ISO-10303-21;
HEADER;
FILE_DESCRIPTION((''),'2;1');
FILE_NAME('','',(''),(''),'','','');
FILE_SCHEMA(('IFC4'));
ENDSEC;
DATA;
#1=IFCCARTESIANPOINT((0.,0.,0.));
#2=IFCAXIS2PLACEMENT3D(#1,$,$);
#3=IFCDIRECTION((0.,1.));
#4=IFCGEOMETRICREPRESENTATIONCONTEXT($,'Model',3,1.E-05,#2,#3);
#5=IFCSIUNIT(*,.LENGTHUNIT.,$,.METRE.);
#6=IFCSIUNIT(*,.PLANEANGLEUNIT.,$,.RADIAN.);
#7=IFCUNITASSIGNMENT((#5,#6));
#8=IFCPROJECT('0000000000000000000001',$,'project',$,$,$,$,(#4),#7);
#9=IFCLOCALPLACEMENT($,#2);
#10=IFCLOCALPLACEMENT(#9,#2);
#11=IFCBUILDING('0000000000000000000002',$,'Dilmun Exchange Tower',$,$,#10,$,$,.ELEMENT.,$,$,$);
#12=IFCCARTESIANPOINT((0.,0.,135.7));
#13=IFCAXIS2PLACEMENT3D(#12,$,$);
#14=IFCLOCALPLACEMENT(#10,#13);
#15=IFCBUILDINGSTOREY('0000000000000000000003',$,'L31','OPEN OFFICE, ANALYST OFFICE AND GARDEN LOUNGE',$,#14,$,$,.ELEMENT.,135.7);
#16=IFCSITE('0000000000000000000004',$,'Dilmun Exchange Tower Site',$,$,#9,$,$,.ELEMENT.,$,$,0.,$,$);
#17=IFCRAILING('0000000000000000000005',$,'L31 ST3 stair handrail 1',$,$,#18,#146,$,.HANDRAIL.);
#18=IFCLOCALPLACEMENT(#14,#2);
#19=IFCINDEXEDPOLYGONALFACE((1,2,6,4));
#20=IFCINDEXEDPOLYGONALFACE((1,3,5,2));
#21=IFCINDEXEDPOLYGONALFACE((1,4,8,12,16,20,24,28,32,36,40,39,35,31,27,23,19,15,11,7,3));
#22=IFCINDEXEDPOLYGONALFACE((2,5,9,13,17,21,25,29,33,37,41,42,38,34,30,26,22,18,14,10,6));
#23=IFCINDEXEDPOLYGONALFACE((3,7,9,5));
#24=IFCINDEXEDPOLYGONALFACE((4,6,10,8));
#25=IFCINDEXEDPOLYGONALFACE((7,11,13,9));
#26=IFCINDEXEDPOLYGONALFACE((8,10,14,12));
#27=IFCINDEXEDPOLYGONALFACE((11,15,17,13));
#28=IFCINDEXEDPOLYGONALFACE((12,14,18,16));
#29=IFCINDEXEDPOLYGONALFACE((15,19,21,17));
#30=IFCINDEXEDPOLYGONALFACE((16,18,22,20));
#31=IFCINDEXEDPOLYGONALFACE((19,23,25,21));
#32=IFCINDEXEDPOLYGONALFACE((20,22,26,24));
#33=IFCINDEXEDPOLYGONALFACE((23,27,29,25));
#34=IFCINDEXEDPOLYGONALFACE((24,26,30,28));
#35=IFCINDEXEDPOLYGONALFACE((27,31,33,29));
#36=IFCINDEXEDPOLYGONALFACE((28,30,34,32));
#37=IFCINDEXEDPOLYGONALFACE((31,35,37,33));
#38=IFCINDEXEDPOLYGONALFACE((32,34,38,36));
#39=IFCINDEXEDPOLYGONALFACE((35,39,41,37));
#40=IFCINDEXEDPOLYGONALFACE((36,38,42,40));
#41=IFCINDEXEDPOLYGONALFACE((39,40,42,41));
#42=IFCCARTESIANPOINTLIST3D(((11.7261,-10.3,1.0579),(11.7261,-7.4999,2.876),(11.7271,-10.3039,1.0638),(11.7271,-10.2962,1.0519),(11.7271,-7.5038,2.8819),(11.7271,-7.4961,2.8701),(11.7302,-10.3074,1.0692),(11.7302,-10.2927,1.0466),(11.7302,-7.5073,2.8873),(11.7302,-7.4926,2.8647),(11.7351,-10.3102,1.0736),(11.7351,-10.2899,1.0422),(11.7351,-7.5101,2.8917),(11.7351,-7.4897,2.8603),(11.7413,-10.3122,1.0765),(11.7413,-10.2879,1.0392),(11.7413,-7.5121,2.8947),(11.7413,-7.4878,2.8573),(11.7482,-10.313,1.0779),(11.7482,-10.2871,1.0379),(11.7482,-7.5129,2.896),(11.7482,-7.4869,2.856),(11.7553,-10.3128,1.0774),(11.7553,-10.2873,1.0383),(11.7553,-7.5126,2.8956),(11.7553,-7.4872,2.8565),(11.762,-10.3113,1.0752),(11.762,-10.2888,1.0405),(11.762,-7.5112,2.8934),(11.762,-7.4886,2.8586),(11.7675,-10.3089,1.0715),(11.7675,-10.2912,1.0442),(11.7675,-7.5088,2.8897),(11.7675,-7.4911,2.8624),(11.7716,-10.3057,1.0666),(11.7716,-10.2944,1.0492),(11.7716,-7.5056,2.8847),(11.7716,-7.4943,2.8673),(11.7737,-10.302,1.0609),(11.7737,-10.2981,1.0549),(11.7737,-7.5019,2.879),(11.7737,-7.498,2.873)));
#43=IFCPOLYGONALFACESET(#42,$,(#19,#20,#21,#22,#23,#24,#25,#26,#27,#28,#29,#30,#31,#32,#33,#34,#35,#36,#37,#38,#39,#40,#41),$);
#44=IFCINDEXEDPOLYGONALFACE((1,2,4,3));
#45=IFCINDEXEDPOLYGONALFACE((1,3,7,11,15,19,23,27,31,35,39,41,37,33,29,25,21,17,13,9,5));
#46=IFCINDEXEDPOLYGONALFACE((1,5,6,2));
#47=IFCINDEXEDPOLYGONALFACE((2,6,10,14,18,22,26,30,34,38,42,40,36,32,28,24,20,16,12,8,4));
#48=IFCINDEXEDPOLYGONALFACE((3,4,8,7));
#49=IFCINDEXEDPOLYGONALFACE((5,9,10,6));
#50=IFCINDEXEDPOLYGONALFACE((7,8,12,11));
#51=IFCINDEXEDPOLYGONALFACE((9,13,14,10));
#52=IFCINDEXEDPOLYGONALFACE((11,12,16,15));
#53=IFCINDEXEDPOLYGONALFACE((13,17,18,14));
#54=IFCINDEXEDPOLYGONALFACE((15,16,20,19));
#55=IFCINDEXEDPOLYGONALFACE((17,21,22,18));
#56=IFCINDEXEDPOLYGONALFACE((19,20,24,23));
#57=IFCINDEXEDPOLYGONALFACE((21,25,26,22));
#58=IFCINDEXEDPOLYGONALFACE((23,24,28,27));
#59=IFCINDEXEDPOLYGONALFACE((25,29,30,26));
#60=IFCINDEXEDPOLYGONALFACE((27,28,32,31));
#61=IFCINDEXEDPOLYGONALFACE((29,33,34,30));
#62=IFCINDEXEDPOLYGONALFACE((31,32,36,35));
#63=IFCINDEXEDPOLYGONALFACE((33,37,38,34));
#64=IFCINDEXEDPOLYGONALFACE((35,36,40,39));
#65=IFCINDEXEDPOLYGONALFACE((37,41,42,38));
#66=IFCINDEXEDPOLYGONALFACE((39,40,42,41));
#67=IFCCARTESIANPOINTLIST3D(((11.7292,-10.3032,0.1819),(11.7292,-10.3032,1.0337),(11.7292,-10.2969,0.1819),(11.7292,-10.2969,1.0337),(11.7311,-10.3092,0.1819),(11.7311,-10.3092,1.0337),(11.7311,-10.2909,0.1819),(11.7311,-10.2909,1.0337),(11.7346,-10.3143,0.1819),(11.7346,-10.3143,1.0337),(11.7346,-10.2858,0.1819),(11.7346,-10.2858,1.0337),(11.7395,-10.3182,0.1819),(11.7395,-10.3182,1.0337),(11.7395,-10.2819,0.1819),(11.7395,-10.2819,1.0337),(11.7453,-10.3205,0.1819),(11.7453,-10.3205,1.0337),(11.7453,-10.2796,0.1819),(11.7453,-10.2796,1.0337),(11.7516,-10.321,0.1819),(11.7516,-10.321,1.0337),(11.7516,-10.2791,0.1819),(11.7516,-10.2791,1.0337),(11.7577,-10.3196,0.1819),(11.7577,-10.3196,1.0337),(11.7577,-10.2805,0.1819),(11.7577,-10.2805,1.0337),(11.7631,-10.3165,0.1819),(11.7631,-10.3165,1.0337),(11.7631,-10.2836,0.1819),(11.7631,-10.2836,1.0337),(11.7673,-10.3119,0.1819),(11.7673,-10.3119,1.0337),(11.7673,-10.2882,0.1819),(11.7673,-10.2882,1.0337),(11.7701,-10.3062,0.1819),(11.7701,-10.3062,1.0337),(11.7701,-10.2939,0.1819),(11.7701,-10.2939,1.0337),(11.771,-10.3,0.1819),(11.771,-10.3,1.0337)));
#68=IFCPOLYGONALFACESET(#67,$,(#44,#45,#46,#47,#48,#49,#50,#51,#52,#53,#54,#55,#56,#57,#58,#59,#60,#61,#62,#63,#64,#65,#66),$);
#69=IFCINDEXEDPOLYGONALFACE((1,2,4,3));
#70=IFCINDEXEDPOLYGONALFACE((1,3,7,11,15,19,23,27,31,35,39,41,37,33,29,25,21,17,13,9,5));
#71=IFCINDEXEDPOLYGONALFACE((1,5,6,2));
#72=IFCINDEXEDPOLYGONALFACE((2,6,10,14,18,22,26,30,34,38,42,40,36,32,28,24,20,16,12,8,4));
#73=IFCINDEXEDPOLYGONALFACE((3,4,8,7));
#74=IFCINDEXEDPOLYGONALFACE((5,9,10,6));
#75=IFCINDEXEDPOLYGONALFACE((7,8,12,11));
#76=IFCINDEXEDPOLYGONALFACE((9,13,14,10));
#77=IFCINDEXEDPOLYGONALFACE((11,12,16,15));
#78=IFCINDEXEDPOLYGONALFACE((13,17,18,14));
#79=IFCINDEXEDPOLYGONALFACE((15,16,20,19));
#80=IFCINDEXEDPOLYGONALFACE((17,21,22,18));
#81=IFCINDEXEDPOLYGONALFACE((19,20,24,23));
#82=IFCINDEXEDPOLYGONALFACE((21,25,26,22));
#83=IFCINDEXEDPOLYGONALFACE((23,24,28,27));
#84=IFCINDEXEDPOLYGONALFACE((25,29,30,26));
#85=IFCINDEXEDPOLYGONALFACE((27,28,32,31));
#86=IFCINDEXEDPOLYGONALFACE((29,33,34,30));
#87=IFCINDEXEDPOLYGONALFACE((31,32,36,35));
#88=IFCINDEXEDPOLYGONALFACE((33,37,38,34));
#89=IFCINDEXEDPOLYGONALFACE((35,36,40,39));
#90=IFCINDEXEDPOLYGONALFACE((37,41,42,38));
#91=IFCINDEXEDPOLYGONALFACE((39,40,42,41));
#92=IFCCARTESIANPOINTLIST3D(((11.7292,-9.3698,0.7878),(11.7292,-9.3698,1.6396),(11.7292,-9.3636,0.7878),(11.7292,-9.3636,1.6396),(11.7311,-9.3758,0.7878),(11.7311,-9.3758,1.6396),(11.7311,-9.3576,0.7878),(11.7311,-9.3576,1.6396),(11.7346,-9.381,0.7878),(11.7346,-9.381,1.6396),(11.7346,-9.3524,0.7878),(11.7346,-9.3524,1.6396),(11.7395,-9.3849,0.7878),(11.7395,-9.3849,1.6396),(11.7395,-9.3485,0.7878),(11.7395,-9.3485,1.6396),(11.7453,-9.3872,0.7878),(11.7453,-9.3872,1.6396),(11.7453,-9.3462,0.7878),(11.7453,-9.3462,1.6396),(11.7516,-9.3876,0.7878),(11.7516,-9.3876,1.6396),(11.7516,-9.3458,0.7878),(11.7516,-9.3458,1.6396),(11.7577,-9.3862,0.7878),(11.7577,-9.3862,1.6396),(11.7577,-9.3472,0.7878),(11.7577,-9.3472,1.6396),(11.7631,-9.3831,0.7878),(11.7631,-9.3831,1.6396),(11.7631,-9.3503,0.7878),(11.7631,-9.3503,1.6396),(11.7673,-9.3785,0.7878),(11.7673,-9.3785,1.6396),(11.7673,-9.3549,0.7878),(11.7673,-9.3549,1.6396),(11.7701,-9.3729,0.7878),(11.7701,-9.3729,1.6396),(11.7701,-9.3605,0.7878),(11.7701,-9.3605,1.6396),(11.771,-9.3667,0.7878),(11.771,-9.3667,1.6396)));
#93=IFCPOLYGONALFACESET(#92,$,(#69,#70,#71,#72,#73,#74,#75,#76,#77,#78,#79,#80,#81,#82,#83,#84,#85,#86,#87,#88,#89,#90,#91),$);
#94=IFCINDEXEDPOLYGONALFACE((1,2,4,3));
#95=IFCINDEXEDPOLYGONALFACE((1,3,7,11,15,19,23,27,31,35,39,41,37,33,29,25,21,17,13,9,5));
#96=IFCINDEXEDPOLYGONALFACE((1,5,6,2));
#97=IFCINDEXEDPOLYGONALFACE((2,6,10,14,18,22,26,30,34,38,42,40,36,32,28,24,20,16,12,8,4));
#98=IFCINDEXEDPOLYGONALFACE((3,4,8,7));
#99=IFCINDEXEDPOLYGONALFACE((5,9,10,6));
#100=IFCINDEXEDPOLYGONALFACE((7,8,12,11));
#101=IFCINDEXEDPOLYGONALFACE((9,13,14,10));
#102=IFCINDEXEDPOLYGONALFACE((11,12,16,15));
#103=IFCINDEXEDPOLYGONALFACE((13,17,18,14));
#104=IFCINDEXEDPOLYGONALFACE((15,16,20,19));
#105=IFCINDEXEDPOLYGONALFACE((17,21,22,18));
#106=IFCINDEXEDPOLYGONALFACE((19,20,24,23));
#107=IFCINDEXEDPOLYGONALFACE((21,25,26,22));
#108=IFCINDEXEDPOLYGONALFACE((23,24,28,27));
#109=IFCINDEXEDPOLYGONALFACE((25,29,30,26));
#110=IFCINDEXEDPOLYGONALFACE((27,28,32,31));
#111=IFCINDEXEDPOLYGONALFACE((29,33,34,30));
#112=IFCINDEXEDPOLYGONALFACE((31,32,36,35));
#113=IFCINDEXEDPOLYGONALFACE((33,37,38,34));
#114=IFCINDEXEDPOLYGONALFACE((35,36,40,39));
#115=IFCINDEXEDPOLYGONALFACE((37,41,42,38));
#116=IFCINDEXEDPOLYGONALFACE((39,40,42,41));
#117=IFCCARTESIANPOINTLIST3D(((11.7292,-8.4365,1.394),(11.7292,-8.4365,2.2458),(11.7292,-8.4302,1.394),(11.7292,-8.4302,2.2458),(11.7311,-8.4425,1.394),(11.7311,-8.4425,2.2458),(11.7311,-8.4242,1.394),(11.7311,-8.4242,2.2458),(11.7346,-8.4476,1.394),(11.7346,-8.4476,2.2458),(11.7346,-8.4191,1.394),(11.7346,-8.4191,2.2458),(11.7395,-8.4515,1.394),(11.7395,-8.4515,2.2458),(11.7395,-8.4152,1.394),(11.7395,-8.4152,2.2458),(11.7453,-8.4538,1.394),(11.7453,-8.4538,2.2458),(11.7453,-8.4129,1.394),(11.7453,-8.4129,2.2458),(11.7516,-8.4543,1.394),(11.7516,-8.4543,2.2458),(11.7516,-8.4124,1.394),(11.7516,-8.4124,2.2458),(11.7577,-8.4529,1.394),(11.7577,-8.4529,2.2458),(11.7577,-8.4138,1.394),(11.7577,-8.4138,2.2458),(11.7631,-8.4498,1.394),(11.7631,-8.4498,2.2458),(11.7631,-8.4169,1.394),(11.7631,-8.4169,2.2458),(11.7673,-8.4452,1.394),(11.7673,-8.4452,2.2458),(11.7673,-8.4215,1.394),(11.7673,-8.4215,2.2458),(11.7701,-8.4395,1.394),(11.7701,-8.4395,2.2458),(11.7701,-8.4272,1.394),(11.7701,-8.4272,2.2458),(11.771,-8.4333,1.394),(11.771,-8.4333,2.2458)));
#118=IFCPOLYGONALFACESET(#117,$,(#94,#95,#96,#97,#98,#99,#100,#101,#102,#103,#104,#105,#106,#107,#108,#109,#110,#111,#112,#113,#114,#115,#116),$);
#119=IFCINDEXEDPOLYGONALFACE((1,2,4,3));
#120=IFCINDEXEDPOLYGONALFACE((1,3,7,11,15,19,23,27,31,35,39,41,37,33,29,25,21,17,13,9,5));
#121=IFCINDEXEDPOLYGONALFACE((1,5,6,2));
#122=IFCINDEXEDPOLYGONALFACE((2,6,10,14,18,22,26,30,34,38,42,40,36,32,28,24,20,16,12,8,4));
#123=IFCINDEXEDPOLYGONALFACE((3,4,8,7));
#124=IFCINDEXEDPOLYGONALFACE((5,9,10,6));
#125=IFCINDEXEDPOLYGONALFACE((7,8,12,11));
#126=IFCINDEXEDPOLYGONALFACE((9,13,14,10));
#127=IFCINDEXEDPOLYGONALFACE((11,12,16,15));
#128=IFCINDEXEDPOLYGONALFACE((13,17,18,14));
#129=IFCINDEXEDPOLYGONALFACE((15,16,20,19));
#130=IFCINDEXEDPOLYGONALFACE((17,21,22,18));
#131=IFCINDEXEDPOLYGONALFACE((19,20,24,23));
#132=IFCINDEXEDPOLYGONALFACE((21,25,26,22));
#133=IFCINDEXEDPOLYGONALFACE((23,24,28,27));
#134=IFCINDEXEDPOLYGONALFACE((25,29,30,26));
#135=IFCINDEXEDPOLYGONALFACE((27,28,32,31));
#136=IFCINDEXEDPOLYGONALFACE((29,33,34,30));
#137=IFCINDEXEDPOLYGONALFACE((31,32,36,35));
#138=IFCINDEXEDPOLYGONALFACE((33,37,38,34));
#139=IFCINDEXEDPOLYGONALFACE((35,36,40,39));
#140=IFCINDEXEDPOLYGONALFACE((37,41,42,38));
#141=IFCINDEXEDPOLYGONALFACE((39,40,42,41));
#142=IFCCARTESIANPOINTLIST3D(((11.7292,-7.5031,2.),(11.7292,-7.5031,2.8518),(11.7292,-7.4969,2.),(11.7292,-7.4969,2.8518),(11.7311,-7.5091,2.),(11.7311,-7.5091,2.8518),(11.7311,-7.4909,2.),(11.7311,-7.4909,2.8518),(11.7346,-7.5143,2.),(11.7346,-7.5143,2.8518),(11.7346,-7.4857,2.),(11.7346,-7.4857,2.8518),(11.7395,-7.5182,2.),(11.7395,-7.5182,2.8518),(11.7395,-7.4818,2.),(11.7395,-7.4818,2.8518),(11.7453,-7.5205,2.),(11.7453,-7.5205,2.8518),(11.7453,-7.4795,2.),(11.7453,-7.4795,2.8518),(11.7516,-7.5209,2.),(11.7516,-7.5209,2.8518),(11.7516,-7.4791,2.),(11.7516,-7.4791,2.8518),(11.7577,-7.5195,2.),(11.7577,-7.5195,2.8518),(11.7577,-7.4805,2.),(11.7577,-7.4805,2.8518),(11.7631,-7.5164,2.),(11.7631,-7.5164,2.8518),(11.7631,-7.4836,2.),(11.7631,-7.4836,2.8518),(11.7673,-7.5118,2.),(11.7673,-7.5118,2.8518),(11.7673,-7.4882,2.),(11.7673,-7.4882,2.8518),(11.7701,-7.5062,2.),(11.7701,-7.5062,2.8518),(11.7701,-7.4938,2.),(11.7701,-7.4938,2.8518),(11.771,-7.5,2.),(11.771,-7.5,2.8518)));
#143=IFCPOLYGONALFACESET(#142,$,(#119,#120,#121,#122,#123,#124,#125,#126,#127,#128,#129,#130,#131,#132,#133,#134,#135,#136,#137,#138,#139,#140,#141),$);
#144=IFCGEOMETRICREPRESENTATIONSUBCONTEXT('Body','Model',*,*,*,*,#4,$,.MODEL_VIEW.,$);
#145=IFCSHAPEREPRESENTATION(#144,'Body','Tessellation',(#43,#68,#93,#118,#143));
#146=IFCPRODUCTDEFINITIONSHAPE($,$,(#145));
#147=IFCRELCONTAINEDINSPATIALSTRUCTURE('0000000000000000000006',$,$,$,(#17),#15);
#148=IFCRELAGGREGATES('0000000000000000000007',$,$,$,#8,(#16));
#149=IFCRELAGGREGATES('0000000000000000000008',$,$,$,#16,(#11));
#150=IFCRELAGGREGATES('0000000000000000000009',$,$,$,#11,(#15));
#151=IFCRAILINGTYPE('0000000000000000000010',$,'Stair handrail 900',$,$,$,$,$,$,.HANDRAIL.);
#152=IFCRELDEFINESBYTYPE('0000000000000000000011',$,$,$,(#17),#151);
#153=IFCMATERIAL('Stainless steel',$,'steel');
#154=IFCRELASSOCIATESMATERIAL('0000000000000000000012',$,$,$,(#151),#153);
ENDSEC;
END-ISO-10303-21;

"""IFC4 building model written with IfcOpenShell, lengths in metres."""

from ifc_helpers import new_model, si_unit, direction, frame, origin, origin_2d, place, context, subcontext, project, spatial, circle, extrude, material, type_object, element, save


model = new_model("IFC4")

# Units and contexts
model_context = context("Model", 3, precision=1e-05, world=origin(), true_north=direction((0.0, 1.0)))
body_context = subcontext(model_context, "Body", "Model", "MODEL_VIEW")
ifc_project = project(units=[si_unit("LENGTHUNIT", "METRE"), si_unit("PLANEANGLEUNIT", "RADIAN")], contexts=[model_context])

# Site, building, storey
site_placement = place(None, origin())
site = spatial("IfcSite", under=ifc_project, at=site_placement, Name="Dilmun Exchange Tower Site", CompositionType="ELEMENT", RefElevation=0.0)
building_placement = place(site_placement, origin())
building = spatial("IfcBuilding", under=site, at=building_placement, Name="Dilmun Exchange Tower", CompositionType="ELEMENT")
storey_placement = place(building_placement, frame((0.0, 0.0, 135.7)))
storey = spatial("IfcBuildingStorey", under=building, at=storey_placement, Name="L31", Description="OPEN OFFICE, ANALYST OFFICE AND GARDEN LOUNGE", CompositionType="ELEMENT", Elevation=135.7)

# Railing
ifc_material_1 = material(Name="Stainless steel", Category="steel")
railing_type = type_object("IfcRailingType", Name="Stair handrail 900", PredefinedType="HANDRAIL", material=ifc_material_1)
railing_1_placement = place(storey_placement, frame((11.75, -10.3, 0.1819)))
element("IfcRailing", 1, at=railing_1_placement, inside=storey, type_object=railing_type, Name="L31 ST3 stair handrail 1", PredefinedType="HANDRAIL", context=body_context, shape_type="SweptSolid", body=[
    extrude(circle(Radius=0.0239, at=origin_2d()), frame((0.0, 0.0, 0.876), z_axis=(0.0, 0.838706, 0.544585), x_axis=(-1.0, 0.0, 0.0)), (0.0, 0.0, 1.0), 3.3386),
    extrude(circle(Radius=0.021, at=origin_2d()), origin(), (0.0, 0.0, 1.0), 0.8518),
    extrude(circle(Radius=0.021, at=origin_2d()), frame((0.0, 0.9333, 0.606)), (0.0, 0.0, 1.0), 0.8518),
    extrude(circle(Radius=0.021, at=origin_2d()), frame((0.0, 1.8667, 1.2122)), (0.0, 0.0, 1.0), 0.8518),
    extrude(circle(Radius=0.021, at=origin_2d()), frame((0.0, 2.8, 1.8181)), (0.0, 0.0, 1.0), 0.8518),
])

save(model, "model.ifc")
